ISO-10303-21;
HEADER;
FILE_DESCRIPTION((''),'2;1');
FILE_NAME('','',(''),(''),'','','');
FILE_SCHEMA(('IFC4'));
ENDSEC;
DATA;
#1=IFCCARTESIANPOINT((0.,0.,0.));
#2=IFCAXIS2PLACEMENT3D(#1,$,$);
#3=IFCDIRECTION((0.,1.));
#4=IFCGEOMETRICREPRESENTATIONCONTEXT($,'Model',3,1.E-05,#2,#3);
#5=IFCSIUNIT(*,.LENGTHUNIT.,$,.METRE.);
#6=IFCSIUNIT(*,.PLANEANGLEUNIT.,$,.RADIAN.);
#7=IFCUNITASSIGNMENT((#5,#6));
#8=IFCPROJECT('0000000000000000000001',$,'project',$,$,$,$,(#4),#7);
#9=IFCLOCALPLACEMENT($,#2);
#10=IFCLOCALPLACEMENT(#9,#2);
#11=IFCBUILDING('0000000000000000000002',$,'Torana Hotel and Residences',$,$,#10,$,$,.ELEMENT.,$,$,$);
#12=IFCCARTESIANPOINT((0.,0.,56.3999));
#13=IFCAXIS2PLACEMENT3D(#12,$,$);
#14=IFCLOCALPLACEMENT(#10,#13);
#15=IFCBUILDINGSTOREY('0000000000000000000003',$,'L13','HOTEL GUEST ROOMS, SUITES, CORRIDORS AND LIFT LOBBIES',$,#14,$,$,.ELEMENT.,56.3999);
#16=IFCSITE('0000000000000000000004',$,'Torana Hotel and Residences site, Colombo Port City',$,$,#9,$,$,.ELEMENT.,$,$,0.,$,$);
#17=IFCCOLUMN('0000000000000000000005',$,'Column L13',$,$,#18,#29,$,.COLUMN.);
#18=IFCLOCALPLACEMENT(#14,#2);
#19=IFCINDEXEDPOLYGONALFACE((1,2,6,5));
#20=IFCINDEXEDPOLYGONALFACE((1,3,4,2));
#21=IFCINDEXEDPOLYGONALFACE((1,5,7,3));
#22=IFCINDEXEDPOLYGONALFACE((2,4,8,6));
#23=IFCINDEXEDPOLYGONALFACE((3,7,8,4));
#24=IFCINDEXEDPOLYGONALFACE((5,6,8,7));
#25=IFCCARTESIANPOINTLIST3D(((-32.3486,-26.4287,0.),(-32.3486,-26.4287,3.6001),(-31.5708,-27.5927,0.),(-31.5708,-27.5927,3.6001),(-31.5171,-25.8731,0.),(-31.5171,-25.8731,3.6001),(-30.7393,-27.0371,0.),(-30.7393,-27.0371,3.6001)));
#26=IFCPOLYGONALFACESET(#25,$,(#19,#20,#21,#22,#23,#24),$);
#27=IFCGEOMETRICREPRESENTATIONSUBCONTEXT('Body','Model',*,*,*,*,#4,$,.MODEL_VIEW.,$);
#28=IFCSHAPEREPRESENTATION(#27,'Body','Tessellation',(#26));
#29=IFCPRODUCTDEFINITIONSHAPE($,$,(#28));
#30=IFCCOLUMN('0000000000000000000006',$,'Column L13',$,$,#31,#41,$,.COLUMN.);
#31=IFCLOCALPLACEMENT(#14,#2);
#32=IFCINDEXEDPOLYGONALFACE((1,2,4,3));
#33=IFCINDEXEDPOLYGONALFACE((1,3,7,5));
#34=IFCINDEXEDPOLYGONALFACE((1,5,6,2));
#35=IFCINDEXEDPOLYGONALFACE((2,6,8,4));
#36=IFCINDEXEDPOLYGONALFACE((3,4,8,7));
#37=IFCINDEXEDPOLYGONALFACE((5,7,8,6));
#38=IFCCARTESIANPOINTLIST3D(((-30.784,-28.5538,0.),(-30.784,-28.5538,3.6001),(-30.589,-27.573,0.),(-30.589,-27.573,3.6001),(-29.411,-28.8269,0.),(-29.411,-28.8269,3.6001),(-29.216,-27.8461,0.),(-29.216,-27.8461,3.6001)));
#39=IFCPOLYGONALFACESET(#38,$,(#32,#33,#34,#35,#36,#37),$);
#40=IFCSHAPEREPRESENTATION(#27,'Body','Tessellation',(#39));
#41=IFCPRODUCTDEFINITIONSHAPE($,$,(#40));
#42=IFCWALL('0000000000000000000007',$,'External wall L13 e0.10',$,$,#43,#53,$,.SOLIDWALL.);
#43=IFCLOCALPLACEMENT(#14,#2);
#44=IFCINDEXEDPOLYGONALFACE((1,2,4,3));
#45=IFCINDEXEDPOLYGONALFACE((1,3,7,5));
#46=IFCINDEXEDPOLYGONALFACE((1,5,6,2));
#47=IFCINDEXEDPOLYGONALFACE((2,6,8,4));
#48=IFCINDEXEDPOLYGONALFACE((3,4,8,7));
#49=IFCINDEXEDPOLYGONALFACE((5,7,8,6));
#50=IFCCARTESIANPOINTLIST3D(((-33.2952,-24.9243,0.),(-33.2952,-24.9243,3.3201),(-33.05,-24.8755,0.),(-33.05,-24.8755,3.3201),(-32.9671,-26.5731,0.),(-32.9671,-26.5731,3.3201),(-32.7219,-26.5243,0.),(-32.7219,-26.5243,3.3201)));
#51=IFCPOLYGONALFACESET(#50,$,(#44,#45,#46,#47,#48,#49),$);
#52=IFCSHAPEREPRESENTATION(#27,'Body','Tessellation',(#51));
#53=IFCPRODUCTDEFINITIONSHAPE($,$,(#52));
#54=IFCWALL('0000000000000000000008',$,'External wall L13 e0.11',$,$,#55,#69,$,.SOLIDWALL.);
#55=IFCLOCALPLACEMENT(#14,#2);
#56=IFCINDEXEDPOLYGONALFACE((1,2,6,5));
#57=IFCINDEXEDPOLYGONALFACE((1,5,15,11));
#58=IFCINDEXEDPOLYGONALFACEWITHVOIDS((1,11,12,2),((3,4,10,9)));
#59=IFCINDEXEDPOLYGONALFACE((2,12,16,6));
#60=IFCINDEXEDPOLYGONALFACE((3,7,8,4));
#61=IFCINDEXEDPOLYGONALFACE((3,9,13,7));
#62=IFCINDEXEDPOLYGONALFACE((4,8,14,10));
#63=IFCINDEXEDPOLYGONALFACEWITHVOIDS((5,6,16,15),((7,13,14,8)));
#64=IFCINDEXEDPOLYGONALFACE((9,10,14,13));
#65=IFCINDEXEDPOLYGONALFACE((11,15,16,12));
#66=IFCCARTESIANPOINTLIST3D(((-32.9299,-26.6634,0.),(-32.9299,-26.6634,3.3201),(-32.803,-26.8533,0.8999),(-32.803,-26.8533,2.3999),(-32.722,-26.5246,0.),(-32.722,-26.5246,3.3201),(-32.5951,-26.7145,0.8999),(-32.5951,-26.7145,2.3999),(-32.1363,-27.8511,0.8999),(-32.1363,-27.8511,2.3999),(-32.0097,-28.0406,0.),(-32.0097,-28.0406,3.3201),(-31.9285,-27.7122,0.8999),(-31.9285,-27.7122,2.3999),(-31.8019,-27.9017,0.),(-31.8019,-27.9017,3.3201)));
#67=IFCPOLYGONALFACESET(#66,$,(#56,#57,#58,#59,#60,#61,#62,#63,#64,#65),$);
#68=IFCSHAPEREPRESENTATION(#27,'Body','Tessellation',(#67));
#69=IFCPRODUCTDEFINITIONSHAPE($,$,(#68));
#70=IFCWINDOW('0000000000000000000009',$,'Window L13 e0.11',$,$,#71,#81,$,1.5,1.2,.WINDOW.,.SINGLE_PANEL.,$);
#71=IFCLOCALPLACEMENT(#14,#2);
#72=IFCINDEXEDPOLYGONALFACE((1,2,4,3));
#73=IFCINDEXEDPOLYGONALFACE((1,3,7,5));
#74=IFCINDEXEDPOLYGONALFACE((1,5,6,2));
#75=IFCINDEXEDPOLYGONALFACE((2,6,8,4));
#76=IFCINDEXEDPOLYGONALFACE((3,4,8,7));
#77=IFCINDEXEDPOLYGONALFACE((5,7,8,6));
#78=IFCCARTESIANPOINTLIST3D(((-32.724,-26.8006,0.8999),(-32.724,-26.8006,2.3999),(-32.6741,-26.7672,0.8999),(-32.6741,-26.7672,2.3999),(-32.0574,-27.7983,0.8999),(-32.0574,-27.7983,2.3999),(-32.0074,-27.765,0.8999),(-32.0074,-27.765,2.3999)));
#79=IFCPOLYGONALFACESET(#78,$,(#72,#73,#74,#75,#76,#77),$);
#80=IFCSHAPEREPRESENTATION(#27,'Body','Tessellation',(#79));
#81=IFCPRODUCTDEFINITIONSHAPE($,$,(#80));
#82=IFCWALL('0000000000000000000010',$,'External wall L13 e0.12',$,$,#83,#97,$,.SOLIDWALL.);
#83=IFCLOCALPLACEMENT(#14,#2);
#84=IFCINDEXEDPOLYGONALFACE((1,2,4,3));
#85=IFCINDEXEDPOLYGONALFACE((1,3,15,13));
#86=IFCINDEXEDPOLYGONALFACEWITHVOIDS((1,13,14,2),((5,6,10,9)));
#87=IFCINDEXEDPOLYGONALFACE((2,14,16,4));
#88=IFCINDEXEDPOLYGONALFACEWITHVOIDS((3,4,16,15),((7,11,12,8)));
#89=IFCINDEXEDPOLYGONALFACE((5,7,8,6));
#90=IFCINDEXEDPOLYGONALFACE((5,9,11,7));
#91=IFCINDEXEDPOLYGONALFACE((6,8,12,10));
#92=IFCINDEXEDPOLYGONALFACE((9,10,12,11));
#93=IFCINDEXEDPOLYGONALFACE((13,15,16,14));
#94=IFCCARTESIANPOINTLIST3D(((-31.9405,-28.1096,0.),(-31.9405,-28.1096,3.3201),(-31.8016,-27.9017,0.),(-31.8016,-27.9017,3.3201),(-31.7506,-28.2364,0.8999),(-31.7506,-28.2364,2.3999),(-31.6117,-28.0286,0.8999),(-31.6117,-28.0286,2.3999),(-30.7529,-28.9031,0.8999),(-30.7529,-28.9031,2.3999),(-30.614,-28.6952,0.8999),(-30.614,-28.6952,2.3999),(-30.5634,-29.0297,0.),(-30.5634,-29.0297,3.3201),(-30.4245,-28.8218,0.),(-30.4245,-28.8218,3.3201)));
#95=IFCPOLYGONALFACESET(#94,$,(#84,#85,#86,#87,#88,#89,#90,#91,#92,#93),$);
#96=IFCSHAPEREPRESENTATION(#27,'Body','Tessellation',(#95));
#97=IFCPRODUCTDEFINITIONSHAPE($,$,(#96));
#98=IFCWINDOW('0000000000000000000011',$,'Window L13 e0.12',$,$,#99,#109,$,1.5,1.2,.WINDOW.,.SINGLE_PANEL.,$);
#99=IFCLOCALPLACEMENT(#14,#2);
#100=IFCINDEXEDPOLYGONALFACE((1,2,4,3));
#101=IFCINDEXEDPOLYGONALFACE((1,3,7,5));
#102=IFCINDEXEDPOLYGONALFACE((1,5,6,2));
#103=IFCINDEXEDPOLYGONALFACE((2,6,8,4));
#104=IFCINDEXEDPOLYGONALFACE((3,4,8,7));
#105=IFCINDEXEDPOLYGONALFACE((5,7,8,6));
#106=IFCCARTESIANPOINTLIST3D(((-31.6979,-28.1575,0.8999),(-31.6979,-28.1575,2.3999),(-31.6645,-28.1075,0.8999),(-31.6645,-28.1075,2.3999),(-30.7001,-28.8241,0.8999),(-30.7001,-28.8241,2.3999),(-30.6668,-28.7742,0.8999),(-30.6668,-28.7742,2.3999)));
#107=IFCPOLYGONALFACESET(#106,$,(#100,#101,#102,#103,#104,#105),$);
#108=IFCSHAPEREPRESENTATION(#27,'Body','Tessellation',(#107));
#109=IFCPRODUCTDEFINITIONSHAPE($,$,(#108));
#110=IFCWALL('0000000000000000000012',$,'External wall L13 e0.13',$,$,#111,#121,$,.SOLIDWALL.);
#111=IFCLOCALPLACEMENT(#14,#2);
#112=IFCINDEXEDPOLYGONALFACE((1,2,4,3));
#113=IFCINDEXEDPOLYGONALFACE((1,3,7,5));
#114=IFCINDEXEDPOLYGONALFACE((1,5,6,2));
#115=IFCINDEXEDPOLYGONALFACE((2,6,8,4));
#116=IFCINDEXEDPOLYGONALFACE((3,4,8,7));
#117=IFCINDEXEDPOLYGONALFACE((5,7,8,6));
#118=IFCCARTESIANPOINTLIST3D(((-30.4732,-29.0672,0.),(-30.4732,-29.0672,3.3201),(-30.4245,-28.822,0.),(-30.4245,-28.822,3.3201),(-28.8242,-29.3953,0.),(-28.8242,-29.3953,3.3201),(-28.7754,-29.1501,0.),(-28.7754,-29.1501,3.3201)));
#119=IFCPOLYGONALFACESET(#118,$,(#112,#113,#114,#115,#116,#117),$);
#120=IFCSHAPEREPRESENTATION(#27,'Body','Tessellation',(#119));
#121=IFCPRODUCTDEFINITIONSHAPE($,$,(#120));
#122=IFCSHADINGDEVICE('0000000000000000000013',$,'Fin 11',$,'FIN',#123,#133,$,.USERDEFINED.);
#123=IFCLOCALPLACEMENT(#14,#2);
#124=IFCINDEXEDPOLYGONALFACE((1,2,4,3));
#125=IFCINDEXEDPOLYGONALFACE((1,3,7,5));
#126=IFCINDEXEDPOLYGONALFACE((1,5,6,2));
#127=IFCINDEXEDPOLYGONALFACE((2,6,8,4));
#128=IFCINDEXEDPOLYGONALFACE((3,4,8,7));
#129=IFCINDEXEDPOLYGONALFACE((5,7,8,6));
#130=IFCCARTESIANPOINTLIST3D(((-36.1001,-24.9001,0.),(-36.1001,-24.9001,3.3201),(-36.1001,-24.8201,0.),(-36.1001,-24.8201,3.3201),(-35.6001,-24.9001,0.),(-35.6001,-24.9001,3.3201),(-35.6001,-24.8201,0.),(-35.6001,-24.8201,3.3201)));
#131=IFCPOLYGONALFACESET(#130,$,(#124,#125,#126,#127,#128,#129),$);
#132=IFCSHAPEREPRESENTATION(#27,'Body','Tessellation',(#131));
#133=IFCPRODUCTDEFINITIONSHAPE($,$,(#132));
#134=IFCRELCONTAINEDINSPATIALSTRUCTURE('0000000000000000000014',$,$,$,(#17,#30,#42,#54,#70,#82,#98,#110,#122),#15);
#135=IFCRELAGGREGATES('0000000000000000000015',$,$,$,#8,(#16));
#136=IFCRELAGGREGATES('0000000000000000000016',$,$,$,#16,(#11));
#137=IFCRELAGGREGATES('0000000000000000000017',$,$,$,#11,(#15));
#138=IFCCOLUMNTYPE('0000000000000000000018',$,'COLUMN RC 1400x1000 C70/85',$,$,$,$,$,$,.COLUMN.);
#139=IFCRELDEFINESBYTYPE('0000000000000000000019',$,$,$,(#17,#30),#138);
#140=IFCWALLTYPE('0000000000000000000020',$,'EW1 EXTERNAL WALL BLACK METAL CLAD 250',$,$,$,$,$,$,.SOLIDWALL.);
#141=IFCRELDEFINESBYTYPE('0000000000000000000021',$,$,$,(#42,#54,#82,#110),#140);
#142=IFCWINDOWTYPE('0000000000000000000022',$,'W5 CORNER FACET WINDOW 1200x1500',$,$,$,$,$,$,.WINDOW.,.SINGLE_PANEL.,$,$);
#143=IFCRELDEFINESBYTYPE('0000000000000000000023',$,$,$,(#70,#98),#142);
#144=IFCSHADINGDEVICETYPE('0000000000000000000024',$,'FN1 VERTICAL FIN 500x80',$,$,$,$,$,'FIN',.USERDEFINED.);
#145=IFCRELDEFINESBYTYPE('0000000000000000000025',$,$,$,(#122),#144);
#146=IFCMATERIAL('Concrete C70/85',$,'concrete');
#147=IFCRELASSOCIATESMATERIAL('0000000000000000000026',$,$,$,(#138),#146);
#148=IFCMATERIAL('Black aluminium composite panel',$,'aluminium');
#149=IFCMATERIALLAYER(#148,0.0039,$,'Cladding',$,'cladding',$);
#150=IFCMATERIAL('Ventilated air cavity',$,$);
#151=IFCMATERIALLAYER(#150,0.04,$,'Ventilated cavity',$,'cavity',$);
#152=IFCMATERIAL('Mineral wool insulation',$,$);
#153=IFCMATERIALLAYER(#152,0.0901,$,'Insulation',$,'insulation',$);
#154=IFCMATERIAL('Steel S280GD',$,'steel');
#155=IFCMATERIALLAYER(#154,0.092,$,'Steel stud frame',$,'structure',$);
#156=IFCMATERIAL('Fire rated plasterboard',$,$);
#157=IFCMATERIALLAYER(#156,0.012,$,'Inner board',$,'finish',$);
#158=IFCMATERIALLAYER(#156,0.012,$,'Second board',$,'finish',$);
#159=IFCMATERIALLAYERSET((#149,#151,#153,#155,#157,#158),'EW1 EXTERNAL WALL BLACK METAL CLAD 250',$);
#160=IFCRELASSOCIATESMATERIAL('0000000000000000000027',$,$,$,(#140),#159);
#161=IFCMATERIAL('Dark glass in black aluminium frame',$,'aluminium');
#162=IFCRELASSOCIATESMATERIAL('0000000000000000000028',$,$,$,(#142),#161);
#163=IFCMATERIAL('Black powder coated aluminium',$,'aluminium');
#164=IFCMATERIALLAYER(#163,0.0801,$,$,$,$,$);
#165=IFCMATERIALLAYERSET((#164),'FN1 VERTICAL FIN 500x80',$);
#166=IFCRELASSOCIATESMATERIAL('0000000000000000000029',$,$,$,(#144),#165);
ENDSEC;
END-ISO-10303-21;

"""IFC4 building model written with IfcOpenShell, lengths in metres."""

from ifc_helpers import new_model, si_unit, direction, frame, frame_2d, origin, origin_2d, place, context, subcontext, project, spatial, rectangle, extrude, material, layer, layer_set, material_profile, profile_set, type_object, element, fill, save


model = new_model("IFC4")

# Units and contexts
model_context = context("Model", 3, precision=1e-05, world=origin(), true_north=direction((0.0, 1.0)))
body_context = subcontext(model_context, "Body", "Model", "MODEL_VIEW")
ifc_project = project(units=[si_unit("LENGTHUNIT", "METRE"), si_unit("PLANEANGLEUNIT", "RADIAN")], contexts=[model_context])

# Site, building, storey
site_placement = place(None, origin())
site = spatial("IfcSite", under=ifc_project, at=site_placement, Name="Torana Hotel and Residences site, Colombo Port City", CompositionType="ELEMENT", RefElevation=0.0)
building_placement = place(site_placement, origin())
building = spatial("IfcBuilding", under=site, at=building_placement, Name="Torana Hotel and Residences", CompositionType="ELEMENT")
storey_placement = place(building_placement, frame((0.0, 0.0, 56.3999)))
storey = spatial("IfcBuildingStorey", under=building, at=storey_placement, Name="L13", Description="HOTEL GUEST ROOMS, SUITES, CORRIDORS AND LIFT LOBBIES", CompositionType="ELEMENT", Elevation=56.3999)

# Columns
ifc_material_1 = material(Name="Concrete C70/85", Category="concrete")
ifc_material_profile = material_profile(ifc_material_1, rectangle(XDim=1.3999, YDim=1.0, at=origin_2d()), Name="RC 1400x1000")
ifc_profile_set = profile_set([ifc_material_profile], Name="Concrete C70/85")
column_type = type_object("IfcColumnType", Name="COLUMN RC 1400x1000 C70/85", PredefinedType="COLUMN", material=ifc_profile_set)
for number, where, z_axis, x_axis, name in (
    (1, (-31.5439, -26.7329, 0.0), (0.0, 0.0, 1.0), (-0.555585, 0.83146, 0.0), "Column L13"),
    (2, (-30.0, -28.2, 0.0), (0.0, 0.0, 1.0), (-0.980792, 0.195056, 0.0), "Column L13"),
):
    element("IfcColumn", number, at=place(storey_placement, frame(where, z_axis=z_axis, x_axis=x_axis)), inside=storey, type_object=column_type, Name=name, PredefinedType="COLUMN", context=body_context, shape_type="SweptSolid", body=[
        extrude(rectangle(XDim=1.3999, YDim=1.0, at=origin_2d()), origin(), (0.0, 0.0, 1.0), 3.6001),
    ])

# Wall
ifc_material_2 = material(Name="Black aluminium composite panel", Category="aluminium")
ifc_layer_1 = layer(ifc_material_2, 0.0039, Name="Cladding", Category="cladding")
ifc_material_3 = material(Name="Ventilated air cavity")
ifc_layer_2 = layer(ifc_material_3, 0.04, Name="Ventilated cavity", Category="cavity")
ifc_material_4 = material(Name="Mineral wool insulation")
ifc_layer_3 = layer(ifc_material_4, 0.0901, Name="Insulation", Category="insulation")
ifc_material_5 = material(Name="Steel S280GD", Category="steel")
ifc_layer_4 = layer(ifc_material_5, 0.092, Name="Steel stud frame", Category="structure")
ifc_material_6 = material(Name="Fire rated plasterboard")
ifc_layer_5 = layer(ifc_material_6, 0.012, Name="Inner board", Category="finish")
ifc_layer_6 = layer(ifc_material_6, 0.012, Name="Second board", Category="finish")
ifc_layer_set_1 = layer_set([ifc_layer_1, ifc_layer_2, ifc_layer_3, ifc_layer_4, ifc_layer_5, ifc_layer_6], Name="EW1 EXTERNAL WALL BLACK METAL CLAD 250")
wall_type = type_object("IfcWallType", Name="EW1 EXTERNAL WALL BLACK METAL CLAD 250", PredefinedType="SOLIDWALL", material=ifc_layer_set_1)
wall_1_placement = place(storey_placement, frame((-33.1726, -24.8999, 0.0), z_axis=(0.0, 0.0, 1.0), x_axis=(0.195167, -0.98077, 0.0)))
element("IfcWall", 3, at=wall_1_placement, inside=storey, type_object=wall_type, Name="External wall L13 e0.10", PredefinedType="SOLIDWALL", context=body_context, shape_type="SweptSolid", body=[
    extrude(rectangle(XDim=1.6812, YDim=0.25, at=frame_2d((0.8406, 0.0))), origin(), (0.0, 0.0, 1.0), 3.3201),
])

# Walls, openings, windows
wall_2_placement = place(storey_placement, frame((-32.8259, -26.594, 0.0), z_axis=(0.0, 0.0, 1.0), x_axis=(0.55555, -0.831483, 0.0)))
wall_2 = element("IfcWall", 4, at=wall_2_placement, inside=storey, type_object=wall_type, Name="External wall L13 e0.11", PredefinedType="SOLIDWALL", context=body_context, shape_type="SweptSolid", body=[
    extrude(rectangle(XDim=1.6562, YDim=0.25, at=frame_2d((0.8281, 0.0))), origin(), (0.0, 0.0, 1.0), 3.3201),
])
opening_1_placement = place(wall_2_placement, frame((0.2283, 0.0, 0.8999)))
opening_1 = element("IfcOpeningElement", 5, at=opening_1_placement, cuts=wall_2, PredefinedType="OPENING", context=body_context, shape_type="SweptSolid", body=[
    extrude(rectangle(XDim=1.2, YDim=1.5, at=frame_2d((0.6001, 0.75))), frame((0.0, 0.135, 0.0), z_axis=(0.0, -1.0, 0.0), x_axis=(1.0, 0.0, 0.0)), (0.0, 0.0, 1.0), 0.27),
])
ifc_material_7 = material(Name="Dark glass in black aluminium frame", Category="aluminium")
window_type = type_object("IfcWindowType", Name="W5 CORNER FACET WINDOW 1200x1500", PartitioningType="SINGLE_PANEL", PredefinedType="WINDOW", material=ifc_material_7)
window_1_placement = place(opening_1_placement, origin())
window_1 = element("IfcWindow", 6, at=window_1_placement, inside=storey, type_object=window_type, Name="Window L13 e0.11", OverallHeight=1.5, OverallWidth=1.2, PartitioningType="SINGLE_PANEL", PredefinedType="WINDOW", context=body_context, shape_type="SweptSolid", body=[
    extrude(rectangle(XDim=1.2, YDim=1.5, at=frame_2d((0.6001, 0.75))), frame((0.0, 0.03, 0.0), z_axis=(0.0, -1.0, 0.0), x_axis=(1.0, 0.0, 0.0)), (0.0, 0.0, 1.0), 0.0601),
])
fill(opening_1, window_1)
wall_3_placement = place(storey_placement, frame((-31.8711, -28.0056, 0.0), z_axis=(0.0, 0.0, 1.0), x_axis=(0.831483, -0.55555, 0.0)))
wall_3 = element("IfcWall", 7, at=wall_3_placement, inside=storey, type_object=wall_type, Name="External wall L13 e0.12", PredefinedType="SOLIDWALL", context=body_context, shape_type="SweptSolid", body=[
    extrude(rectangle(XDim=1.6562, YDim=0.25, at=frame_2d((0.8281, 0.0))), origin(), (0.0, 0.0, 1.0), 3.3201),
])
opening_2_placement = place(wall_3_placement, frame((0.2283, 0.0, 0.8999)))
opening_2 = element("IfcOpeningElement", 8, at=opening_2_placement, cuts=wall_3, PredefinedType="OPENING", context=body_context, shape_type="SweptSolid", body=[
    extrude(rectangle(XDim=1.2, YDim=1.5, at=frame_2d((0.6001, 0.75))), frame((0.0, 0.135, 0.0), z_axis=(0.0, -1.0, 0.0), x_axis=(1.0, 0.0, 0.0)), (0.0, 0.0, 1.0), 0.27),
])
window_2_placement = place(opening_2_placement, origin())
window_2 = element("IfcWindow", 9, at=window_2_placement, inside=storey, type_object=window_type, Name="Window L13 e0.12", OverallHeight=1.5, OverallWidth=1.2, PartitioningType="SINGLE_PANEL", PredefinedType="WINDOW", context=body_context, shape_type="SweptSolid", body=[
    extrude(rectangle(XDim=1.2, YDim=1.5, at=frame_2d((0.6001, 0.75))), frame((0.0, 0.03, 0.0), z_axis=(0.0, -1.0, 0.0), x_axis=(1.0, 0.0, 0.0)), (0.0, 0.0, 1.0), 0.0601),
])
fill(opening_2, window_2)

# Wall
wall_4_placement = place(storey_placement, frame((-30.449, -28.9446, 0.0), z_axis=(0.0, 0.0, 1.0), x_axis=(0.980776, -0.195139, 0.0)))
element("IfcWall", 10, at=wall_4_placement, inside=storey, type_object=wall_type, Name="External wall L13 e0.13", PredefinedType="SOLIDWALL", context=body_context, shape_type="SweptSolid", body=[
    extrude(rectangle(XDim=1.6814, YDim=0.25, at=frame_2d((0.8408, 0.0))), origin(), (0.0, 0.0, 1.0), 3.3201),
])

# Shading device
ifc_material_8 = material(Name="Black powder coated aluminium", Category="aluminium")
ifc_layer_7 = layer(ifc_material_8, 0.0801)
ifc_layer_set_2 = layer_set([ifc_layer_7], Name="FN1 VERTICAL FIN 500x80")
shading_device_type = type_object("IfcShadingDeviceType", Name="FN1 VERTICAL FIN 500x80", ElementType="FIN", PredefinedType="USERDEFINED", material=ifc_layer_set_2)
shading_device_placement = place(storey_placement, frame((-35.8501, -24.8601, 0.0), z_axis=(0.0, 0.0, 1.0), x_axis=(0.0, 1.0, 0.0)))
element("IfcShadingDevice", 11, at=shading_device_placement, inside=storey, type_object=shading_device_type, Name="Fin 11", ObjectType="FIN", PredefinedType="USERDEFINED", context=body_context, shape_type="SweptSolid", body=[
    extrude(rectangle(XDim=0.0801, YDim=0.5, at=origin_2d()), origin(), (0.0, 0.0, 1.0), 3.3201),
])

save(model, "model.ifc")
